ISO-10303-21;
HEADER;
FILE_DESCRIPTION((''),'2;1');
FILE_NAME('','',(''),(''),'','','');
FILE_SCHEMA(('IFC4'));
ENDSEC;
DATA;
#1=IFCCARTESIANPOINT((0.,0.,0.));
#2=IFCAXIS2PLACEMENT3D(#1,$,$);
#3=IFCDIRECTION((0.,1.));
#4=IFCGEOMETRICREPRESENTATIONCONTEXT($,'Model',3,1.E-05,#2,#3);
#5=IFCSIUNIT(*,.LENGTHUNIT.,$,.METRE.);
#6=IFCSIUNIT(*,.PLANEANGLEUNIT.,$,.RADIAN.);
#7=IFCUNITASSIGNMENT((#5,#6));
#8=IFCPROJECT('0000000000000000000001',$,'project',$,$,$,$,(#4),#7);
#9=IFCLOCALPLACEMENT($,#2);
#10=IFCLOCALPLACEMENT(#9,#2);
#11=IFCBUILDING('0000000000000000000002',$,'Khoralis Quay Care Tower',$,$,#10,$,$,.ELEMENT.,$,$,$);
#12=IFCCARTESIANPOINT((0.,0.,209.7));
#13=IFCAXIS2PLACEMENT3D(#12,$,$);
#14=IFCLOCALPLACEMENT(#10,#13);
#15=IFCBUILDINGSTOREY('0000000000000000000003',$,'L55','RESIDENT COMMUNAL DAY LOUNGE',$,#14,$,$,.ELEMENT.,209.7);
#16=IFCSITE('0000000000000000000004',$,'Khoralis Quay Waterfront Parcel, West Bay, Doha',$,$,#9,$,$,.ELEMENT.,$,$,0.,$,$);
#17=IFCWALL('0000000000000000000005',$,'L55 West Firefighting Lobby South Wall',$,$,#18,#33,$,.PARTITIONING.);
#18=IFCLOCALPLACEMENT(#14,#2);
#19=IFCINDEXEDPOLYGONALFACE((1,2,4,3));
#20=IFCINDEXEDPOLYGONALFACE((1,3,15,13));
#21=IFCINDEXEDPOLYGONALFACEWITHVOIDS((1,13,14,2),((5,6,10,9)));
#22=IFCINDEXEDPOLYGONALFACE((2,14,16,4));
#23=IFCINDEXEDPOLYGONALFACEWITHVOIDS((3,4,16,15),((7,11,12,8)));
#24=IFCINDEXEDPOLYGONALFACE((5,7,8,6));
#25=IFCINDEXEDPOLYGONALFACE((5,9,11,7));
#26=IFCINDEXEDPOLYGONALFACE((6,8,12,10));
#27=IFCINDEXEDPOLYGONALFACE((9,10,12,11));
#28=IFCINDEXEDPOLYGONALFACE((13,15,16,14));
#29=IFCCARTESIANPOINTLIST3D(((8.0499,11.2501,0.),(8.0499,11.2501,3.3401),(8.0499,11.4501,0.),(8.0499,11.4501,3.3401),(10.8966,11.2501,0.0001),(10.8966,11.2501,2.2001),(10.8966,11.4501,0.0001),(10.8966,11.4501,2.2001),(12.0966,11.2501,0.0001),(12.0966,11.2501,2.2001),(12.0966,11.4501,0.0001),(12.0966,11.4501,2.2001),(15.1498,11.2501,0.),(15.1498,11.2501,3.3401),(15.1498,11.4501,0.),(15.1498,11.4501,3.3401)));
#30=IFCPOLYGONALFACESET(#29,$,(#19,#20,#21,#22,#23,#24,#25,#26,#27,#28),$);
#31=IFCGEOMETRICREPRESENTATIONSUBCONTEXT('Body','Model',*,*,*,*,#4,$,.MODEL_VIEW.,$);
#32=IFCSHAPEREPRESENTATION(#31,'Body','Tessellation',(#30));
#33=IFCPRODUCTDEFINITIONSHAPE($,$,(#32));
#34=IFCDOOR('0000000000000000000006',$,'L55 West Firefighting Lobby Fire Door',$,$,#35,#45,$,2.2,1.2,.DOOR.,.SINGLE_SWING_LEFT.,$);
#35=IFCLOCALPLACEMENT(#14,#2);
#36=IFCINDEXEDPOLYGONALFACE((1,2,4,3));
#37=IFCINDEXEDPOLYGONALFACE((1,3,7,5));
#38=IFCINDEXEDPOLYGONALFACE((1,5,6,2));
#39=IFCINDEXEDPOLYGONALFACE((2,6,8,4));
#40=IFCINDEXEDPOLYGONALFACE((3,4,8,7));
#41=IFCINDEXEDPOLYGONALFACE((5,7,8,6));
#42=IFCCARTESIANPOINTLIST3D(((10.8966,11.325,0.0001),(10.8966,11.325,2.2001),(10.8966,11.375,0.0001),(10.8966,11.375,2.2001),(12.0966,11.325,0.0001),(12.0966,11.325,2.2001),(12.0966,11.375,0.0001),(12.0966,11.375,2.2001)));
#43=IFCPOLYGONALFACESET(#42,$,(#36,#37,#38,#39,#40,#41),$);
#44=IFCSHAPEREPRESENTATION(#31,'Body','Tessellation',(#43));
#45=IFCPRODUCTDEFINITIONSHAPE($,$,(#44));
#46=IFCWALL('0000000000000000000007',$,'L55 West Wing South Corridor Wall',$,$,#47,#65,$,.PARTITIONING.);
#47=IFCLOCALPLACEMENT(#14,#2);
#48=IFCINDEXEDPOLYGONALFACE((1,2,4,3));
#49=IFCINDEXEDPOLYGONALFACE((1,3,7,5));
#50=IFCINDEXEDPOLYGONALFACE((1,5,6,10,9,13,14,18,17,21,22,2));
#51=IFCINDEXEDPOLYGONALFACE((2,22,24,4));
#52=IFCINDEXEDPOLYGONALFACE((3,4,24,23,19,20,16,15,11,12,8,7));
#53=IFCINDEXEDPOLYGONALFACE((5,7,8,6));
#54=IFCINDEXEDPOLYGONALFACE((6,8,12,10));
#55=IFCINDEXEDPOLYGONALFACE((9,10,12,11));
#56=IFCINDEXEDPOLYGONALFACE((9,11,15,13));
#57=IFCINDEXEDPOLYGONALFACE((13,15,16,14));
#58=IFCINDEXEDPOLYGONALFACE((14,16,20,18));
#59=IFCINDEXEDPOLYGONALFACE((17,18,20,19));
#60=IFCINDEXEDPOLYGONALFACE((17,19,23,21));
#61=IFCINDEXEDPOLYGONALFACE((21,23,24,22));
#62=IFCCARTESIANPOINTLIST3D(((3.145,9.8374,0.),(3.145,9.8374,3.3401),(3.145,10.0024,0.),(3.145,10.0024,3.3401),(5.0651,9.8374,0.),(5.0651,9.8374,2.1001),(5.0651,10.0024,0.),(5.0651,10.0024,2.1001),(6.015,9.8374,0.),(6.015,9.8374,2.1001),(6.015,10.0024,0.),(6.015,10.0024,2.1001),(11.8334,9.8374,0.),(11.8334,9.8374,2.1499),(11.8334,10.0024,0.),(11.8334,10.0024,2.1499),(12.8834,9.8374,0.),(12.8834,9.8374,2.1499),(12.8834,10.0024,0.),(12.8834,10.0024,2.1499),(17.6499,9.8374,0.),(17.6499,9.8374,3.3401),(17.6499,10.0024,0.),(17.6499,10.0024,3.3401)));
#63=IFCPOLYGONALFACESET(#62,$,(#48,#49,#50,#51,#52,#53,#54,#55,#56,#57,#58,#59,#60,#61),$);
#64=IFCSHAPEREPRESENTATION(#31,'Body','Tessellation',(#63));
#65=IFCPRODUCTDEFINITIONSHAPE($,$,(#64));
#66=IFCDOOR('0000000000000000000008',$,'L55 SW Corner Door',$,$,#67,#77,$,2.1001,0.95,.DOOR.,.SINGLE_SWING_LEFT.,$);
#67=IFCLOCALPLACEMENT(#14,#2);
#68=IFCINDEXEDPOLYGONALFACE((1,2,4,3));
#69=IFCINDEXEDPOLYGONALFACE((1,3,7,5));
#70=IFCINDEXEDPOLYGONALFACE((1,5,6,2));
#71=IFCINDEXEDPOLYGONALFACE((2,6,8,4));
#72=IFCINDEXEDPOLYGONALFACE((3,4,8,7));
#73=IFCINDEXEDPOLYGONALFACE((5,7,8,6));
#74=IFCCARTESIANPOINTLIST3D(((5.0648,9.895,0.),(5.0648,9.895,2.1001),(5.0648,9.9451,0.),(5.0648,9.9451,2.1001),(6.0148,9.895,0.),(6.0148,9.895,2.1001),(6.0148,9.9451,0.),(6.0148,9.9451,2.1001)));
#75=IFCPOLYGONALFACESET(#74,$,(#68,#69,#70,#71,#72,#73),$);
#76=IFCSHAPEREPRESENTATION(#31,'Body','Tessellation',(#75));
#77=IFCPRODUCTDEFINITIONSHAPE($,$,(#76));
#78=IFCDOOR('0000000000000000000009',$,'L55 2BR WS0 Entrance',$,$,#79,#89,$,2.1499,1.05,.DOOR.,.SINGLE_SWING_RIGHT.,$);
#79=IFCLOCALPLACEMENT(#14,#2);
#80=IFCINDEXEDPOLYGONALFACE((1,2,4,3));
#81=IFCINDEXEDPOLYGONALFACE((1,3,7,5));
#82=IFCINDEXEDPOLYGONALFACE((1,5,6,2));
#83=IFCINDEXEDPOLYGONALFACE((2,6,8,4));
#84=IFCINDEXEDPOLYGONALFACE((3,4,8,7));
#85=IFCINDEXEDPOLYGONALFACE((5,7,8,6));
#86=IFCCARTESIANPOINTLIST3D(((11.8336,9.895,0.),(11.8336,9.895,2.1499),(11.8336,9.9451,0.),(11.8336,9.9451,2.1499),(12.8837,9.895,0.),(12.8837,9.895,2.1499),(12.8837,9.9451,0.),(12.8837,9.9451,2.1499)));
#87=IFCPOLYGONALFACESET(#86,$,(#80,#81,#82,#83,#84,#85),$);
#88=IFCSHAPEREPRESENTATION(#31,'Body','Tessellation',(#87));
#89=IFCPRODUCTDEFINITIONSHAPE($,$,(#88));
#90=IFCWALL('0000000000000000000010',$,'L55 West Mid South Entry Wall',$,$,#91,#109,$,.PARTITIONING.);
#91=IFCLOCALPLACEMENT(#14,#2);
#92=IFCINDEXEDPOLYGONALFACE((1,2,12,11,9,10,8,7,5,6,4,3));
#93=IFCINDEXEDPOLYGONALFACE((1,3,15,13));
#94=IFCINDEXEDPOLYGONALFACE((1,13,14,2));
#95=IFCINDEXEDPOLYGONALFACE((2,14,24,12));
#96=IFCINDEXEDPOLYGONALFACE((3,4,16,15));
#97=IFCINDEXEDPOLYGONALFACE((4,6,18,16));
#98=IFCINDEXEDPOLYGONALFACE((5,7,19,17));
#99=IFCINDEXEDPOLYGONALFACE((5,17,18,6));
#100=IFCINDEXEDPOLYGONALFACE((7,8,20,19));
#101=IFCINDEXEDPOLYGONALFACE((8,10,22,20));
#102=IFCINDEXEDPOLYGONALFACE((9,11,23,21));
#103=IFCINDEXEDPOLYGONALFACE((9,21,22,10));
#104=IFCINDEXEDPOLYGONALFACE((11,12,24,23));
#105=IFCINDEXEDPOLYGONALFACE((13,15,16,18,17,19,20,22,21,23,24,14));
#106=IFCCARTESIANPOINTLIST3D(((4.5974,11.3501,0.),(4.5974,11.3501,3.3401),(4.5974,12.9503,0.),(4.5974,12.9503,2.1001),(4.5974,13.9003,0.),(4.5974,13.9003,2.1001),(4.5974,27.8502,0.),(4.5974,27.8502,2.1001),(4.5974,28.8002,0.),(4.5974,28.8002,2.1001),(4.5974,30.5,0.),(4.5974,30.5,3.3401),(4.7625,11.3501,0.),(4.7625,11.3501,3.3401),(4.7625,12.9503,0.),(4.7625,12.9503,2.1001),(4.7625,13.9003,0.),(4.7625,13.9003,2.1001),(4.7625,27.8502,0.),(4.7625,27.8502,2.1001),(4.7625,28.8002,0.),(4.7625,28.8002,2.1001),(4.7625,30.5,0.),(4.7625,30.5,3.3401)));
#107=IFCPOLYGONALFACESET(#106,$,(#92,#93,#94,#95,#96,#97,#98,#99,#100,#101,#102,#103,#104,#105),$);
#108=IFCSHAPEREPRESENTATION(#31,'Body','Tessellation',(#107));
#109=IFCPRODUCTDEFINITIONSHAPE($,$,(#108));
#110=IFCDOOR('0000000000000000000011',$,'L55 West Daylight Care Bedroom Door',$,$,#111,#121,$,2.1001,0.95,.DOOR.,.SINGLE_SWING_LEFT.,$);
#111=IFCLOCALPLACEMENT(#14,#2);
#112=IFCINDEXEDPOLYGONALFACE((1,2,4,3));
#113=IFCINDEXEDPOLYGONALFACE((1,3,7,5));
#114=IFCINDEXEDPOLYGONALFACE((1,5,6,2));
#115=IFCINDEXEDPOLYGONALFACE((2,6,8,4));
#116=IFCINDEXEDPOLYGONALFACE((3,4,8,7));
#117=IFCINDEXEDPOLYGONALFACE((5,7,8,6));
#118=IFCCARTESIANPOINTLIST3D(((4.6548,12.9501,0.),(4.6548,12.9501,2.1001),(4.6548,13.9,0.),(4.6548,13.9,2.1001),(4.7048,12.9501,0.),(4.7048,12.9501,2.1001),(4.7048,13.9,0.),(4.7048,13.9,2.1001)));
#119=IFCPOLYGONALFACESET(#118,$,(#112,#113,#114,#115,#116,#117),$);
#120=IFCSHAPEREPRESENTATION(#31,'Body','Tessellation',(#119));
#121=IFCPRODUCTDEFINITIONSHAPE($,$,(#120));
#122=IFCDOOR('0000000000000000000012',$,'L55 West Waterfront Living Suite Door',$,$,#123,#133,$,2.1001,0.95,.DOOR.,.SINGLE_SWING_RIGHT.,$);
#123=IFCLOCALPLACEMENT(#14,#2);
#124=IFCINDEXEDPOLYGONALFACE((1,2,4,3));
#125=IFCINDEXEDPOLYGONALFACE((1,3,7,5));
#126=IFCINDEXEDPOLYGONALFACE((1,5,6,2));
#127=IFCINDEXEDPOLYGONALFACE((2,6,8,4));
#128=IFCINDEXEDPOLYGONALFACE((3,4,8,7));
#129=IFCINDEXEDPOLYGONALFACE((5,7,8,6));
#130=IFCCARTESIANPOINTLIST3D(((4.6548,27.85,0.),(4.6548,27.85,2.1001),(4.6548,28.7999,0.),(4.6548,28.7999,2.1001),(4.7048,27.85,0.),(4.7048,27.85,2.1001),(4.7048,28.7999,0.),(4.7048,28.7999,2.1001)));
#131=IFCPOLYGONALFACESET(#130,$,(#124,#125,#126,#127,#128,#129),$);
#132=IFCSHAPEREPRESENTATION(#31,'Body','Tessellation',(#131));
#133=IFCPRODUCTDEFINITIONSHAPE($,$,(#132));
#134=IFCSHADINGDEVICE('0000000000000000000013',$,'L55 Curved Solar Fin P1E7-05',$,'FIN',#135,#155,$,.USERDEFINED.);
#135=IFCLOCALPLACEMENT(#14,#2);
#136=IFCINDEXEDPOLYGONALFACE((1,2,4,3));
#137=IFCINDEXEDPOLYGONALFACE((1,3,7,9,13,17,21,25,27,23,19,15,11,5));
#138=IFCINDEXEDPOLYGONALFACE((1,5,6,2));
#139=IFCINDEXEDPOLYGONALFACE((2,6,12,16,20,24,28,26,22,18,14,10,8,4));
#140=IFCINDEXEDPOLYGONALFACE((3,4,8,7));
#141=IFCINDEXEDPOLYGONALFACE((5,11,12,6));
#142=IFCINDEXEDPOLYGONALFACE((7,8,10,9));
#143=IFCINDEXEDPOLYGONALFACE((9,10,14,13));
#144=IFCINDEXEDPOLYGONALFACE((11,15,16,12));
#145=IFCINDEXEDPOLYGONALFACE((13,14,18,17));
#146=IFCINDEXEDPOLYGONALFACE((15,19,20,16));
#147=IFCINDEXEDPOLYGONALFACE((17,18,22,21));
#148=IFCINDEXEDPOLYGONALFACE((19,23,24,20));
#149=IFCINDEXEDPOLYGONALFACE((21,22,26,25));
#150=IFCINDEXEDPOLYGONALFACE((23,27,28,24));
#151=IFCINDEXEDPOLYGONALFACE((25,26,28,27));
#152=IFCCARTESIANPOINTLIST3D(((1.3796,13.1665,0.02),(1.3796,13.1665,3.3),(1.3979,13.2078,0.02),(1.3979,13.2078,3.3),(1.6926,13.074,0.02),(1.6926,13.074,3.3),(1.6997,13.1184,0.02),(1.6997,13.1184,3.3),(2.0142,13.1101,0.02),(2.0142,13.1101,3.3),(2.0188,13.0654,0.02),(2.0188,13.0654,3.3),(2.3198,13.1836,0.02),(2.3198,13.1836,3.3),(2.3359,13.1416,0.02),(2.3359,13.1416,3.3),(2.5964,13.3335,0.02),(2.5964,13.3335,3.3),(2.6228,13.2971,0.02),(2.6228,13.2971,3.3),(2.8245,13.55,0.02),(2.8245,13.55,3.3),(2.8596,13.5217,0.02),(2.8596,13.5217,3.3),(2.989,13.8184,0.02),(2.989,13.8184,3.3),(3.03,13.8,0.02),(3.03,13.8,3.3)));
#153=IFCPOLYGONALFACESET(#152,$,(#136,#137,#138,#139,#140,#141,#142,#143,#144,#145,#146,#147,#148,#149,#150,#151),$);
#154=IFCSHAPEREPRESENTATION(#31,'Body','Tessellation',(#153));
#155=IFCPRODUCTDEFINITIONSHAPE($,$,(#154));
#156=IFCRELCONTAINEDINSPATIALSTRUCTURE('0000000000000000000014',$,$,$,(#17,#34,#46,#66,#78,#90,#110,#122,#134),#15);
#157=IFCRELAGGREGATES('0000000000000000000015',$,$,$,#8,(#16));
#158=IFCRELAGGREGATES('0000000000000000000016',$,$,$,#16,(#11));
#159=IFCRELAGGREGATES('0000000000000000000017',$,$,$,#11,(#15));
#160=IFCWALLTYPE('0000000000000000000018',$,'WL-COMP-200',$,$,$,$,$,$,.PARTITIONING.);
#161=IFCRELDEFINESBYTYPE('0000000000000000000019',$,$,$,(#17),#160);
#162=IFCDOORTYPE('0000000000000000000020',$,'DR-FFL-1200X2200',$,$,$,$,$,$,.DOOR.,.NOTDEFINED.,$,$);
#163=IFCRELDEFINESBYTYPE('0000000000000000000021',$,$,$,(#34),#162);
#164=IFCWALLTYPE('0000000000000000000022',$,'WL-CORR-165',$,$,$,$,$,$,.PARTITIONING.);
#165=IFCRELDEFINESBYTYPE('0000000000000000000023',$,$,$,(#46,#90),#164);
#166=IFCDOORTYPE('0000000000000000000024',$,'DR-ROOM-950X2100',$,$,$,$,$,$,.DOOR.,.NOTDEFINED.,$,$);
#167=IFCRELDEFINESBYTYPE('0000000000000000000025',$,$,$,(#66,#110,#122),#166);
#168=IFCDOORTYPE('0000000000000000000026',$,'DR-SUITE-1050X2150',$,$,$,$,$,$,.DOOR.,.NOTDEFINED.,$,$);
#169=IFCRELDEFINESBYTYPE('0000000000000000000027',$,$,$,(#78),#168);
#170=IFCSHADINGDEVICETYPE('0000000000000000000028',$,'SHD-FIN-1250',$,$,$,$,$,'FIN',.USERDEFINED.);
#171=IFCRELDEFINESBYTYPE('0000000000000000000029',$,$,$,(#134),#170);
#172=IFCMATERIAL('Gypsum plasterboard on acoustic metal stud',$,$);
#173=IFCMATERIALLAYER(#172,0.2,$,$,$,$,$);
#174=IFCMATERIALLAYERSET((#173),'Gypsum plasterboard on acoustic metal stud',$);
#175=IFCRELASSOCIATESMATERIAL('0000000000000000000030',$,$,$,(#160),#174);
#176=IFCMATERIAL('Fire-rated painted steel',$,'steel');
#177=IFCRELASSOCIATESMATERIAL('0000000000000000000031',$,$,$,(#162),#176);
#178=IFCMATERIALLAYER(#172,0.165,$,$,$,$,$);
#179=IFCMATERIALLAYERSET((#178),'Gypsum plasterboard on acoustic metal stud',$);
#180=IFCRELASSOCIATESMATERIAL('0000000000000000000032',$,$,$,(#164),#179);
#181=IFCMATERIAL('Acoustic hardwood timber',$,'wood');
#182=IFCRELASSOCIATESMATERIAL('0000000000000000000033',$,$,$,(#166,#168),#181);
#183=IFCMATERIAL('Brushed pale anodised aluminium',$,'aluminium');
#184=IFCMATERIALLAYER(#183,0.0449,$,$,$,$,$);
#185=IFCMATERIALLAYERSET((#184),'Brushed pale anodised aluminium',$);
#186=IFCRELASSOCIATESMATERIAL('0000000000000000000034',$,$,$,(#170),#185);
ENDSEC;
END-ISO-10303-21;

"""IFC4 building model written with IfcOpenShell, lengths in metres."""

from ifc_helpers import new_model, si_unit, direction, frame, frame_2d, origin, place, context, subcontext, project, spatial, polyline, rectangle, outline, extrude, source, transform, mapped, material, layer, layer_set, type_object, element, fill, save


model = new_model("IFC4")

# Units and contexts
model_context = context("Model", 3, precision=1e-05, world=origin(), true_north=direction((0.0, 1.0)))
body_context = subcontext(model_context, "Body", "Model", "MODEL_VIEW")
ifc_project = project(units=[si_unit("LENGTHUNIT", "METRE"), si_unit("PLANEANGLEUNIT", "RADIAN")], contexts=[model_context])

# Site, building, storey
site_placement = place(None, origin())
site = spatial("IfcSite", under=ifc_project, at=site_placement, Name="Khoralis Quay Waterfront Parcel, West Bay, Doha", CompositionType="ELEMENT", RefElevation=0.0)
building_placement = place(site_placement, origin())
building = spatial("IfcBuilding", under=site, at=building_placement, Name="Khoralis Quay Care Tower", CompositionType="ELEMENT")
storey_placement = place(building_placement, frame((0.0, 0.0, 209.7)))
storey = spatial("IfcBuildingStorey", under=building, at=storey_placement, Name="L55", Description="RESIDENT COMMUNAL DAY LOUNGE", CompositionType="ELEMENT", Elevation=209.7)

# Wall, opening, door
ifc_material_1 = material(Name="Gypsum plasterboard on acoustic metal stud")
ifc_layer_1 = layer(ifc_material_1, 0.2)
ifc_layer_set_1 = layer_set([ifc_layer_1], Name="Gypsum plasterboard on acoustic metal stud")
wall_type_1 = type_object("IfcWallType", Name="WL-COMP-200", PredefinedType="PARTITIONING", material=ifc_layer_set_1)
wall_1_placement = place(storey_placement, frame((8.05, 11.3501, 0.0), z_axis=(0.0, 0.0, 1.0), x_axis=(1.0, 0.0, 0.0)))
wall_1 = element("IfcWall", 1, at=wall_1_placement, inside=storey, type_object=wall_type_1, Name="L55 West Firefighting Lobby South Wall", PredefinedType="PARTITIONING", context=body_context, shape_type="SweptSolid", body=[
    extrude(rectangle(XDim=7.0999, YDim=0.2, at=frame_2d((3.5498, 0.0))), origin(), (0.0, 0.0, 1.0), 3.3401),
])
opening_1_placement = place(wall_1_placement, frame((2.8464, 0.0, 0.0)))
opening_1 = element("IfcOpeningElement", 2, at=opening_1_placement, cuts=wall_1, PredefinedType="OPENING", context=body_context, shape_type="SweptSolid", body=[
    extrude(rectangle(XDim=1.2, YDim=2.2, at=frame_2d((0.6001, 1.1001))), frame((0.0, 0.1099, 0.0), z_axis=(0.0, -1.0, 0.0), x_axis=(1.0, 0.0, 0.0)), (0.0, 0.0, 1.0), 0.22),
])
ifc_material_2 = material(Name="Fire-rated painted steel", Category="steel")
door_type_1 = type_object("IfcDoorType", Name="DR-FFL-1200X2200", OperationType="NOTDEFINED", PredefinedType="DOOR", material=ifc_material_2)
shared_shape_1 = source(origin(), body_context, "Body", "SweptSolid", [
    extrude(rectangle(XDim=1.2, YDim=2.2, at=frame_2d((0.6001, 1.1001))), frame((0.0, 0.0249, 0.0), z_axis=(0.0, -1.0, 0.0), x_axis=(1.0, 0.0, 0.0)), (0.0, 0.0, 1.0), 0.05),
])
door_1_placement = place(opening_1_placement, origin())
door_1 = element("IfcDoor", 3, at=door_1_placement, inside=storey, type_object=door_type_1, Name="L55 West Firefighting Lobby Fire Door", OperationType="SINGLE_SWING_LEFT", OverallHeight=2.2, OverallWidth=1.2, PredefinedType="DOOR", context=body_context, shape_type="MappedRepresentation", body=[
    mapped(shared_shape_1, transform((0.0, 0.0, 0.0), scale=1.0)),
])
fill(opening_1, door_1)

# Walls, openings, doors
ifc_layer_2 = layer(ifc_material_1, 0.165)
ifc_layer_set_2 = layer_set([ifc_layer_2], Name="Gypsum plasterboard on acoustic metal stud")
wall_type_2 = type_object("IfcWallType", Name="WL-CORR-165", PredefinedType="PARTITIONING", material=ifc_layer_set_2)
wall_2_placement = place(storey_placement, frame((3.145, 9.9199, 0.0), z_axis=(0.0, 0.0, 1.0), x_axis=(1.0, 0.0, 0.0)))
wall_2 = element("IfcWall", 4, at=wall_2_placement, inside=storey, type_object=wall_type_2, Name="L55 West Wing South Corridor Wall", PredefinedType="PARTITIONING", context=body_context, shape_type="SweptSolid", body=[
    extrude(rectangle(XDim=14.5049, YDim=0.165, at=frame_2d((7.2524, 0.0))), origin(), (0.0, 0.0, 1.0), 3.3401),
])
opening_2_placement = place(wall_2_placement, frame((8.6885, 0.0, 0.0)))
opening_2 = element("IfcOpeningElement", 5, at=opening_2_placement, cuts=wall_2, PredefinedType="OPENING", context=body_context, shape_type="SweptSolid", body=[
    extrude(rectangle(XDim=1.05, YDim=2.1499, at=frame_2d((0.5249, 1.075))), frame((0.0, 0.0925, 0.0), z_axis=(0.0, -1.0, 0.0), x_axis=(1.0, 0.0, 0.0)), (0.0, 0.0, 1.0), 0.1851),
])
opening_3_placement = place(wall_2_placement, frame((1.9199, 0.0, 0.0)))
opening_3 = element("IfcOpeningElement", 6, at=opening_3_placement, cuts=wall_2, PredefinedType="OPENING", context=body_context, shape_type="SweptSolid", body=[
    extrude(rectangle(XDim=0.95, YDim=2.1001, at=frame_2d((0.4751, 1.05))), frame((0.0, 0.0925, 0.0), z_axis=(0.0, -1.0, 0.0), x_axis=(1.0, 0.0, 0.0)), (0.0, 0.0, 1.0), 0.1851),
])
ifc_material_3 = material(Name="Acoustic hardwood timber", Category="wood")
door_type_2 = type_object("IfcDoorType", Name="DR-ROOM-950X2100", OperationType="NOTDEFINED", PredefinedType="DOOR", material=ifc_material_3)
shared_shape_2 = source(origin(), body_context, "Body", "SweptSolid", [
    extrude(rectangle(XDim=0.95, YDim=2.1001, at=frame_2d((0.4751, 1.05))), frame((0.0, 0.0249, 0.0), z_axis=(0.0, -1.0, 0.0), x_axis=(1.0, 0.0, 0.0)), (0.0, 0.0, 1.0), 0.05),
])
door_2_placement = place(opening_3_placement, frame((0.95, 0.0, 0.0), z_axis=(0.0, 0.0, 1.0), x_axis=(-1.0, 0.0, 0.0)))
door_2 = element("IfcDoor", 7, at=door_2_placement, inside=storey, type_object=door_type_2, Name="L55 SW Corner Door", OperationType="SINGLE_SWING_LEFT", OverallHeight=2.1001, OverallWidth=0.95, PredefinedType="DOOR", context=body_context, shape_type="MappedRepresentation", body=[
    mapped(shared_shape_2, transform((0.0, 0.0, 0.0), scale=1.0)),
])
fill(opening_3, door_2)
door_type_3 = type_object("IfcDoorType", Name="DR-SUITE-1050X2150", OperationType="NOTDEFINED", PredefinedType="DOOR", material=ifc_material_3)
shared_shape_3 = source(origin(), body_context, "Body", "SweptSolid", [
    extrude(rectangle(XDim=1.05, YDim=2.1499, at=frame_2d((0.5249, 1.075))), frame((0.0, 0.0249, 0.0), z_axis=(0.0, -1.0, 0.0), x_axis=(1.0, 0.0, 0.0)), (0.0, 0.0, 1.0), 0.05),
])
door_3_placement = place(opening_2_placement, frame((1.05, 0.0, 0.0), z_axis=(0.0, 0.0, 1.0), x_axis=(-1.0, 0.0, 0.0)))
door_3 = element("IfcDoor", 8, at=door_3_placement, inside=storey, type_object=door_type_3, Name="L55 2BR WS0 Entrance", OperationType="SINGLE_SWING_RIGHT", OverallHeight=2.1499, OverallWidth=1.05, PredefinedType="DOOR", context=body_context, shape_type="MappedRepresentation", body=[
    mapped(shared_shape_3, transform((0.0, 0.0, 0.0), scale=1.0)),
])
fill(opening_2, door_3)
wall_3_placement = place(storey_placement, frame((4.6799, 11.3501, 0.0), z_axis=(0.0, 0.0, 1.0), x_axis=(0.0, 1.0, 0.0)))
wall_3 = element("IfcWall", 9, at=wall_3_placement, inside=storey, type_object=wall_type_2, Name="L55 West Mid South Entry Wall", PredefinedType="PARTITIONING", context=body_context, shape_type="SweptSolid", body=[
    extrude(rectangle(XDim=19.1499, YDim=0.165, at=frame_2d((9.575, 0.0))), origin(), (0.0, 0.0, 1.0), 3.3401),
])
opening_4_placement = place(wall_3_placement, frame((1.6001, 0.0, 0.0)))
opening_4 = element("IfcOpeningElement", 10, at=opening_4_placement, cuts=wall_3, PredefinedType="OPENING", context=body_context, shape_type="SweptSolid", body=[
    extrude(rectangle(XDim=0.95, YDim=2.1001, at=frame_2d((0.4751, 1.05))), frame((0.0, 0.0925, 0.0), z_axis=(0.0, -1.0, 0.0), x_axis=(1.0, 0.0, 0.0)), (0.0, 0.0, 1.0), 0.1851),
])
opening_5_placement = place(wall_3_placement, frame((16.5, 0.0, 0.0)))
opening_5 = element("IfcOpeningElement", 11, at=opening_5_placement, cuts=wall_3, PredefinedType="OPENING", context=body_context, shape_type="SweptSolid", body=[
    extrude(rectangle(XDim=0.95, YDim=2.1001, at=frame_2d((0.4751, 1.05))), frame((0.0, 0.0925, 0.0), z_axis=(0.0, -1.0, 0.0), x_axis=(1.0, 0.0, 0.0)), (0.0, 0.0, 1.0), 0.1851),
])
door_4_placement = place(opening_4_placement, frame((0.95, 0.0, 0.0), z_axis=(0.0, 0.0, 1.0), x_axis=(-1.0, 0.0, 0.0)))
door_4 = element("IfcDoor", 12, at=door_4_placement, inside=storey, type_object=door_type_2, Name="L55 West Daylight Care Bedroom Door", OperationType="SINGLE_SWING_LEFT", OverallHeight=2.1001, OverallWidth=0.95, PredefinedType="DOOR", context=body_context, shape_type="MappedRepresentation", body=[
    mapped(shared_shape_2, transform((0.0, 0.0, 0.0), scale=1.0)),
])
fill(opening_4, door_4)
door_5_placement = place(opening_5_placement, frame((0.95, 0.0, 0.0), z_axis=(0.0, 0.0, 1.0), x_axis=(-1.0, 0.0, 0.0)))
door_5 = element("IfcDoor", 13, at=door_5_placement, inside=storey, type_object=door_type_2, Name="L55 West Waterfront Living Suite Door", OperationType="SINGLE_SWING_RIGHT", OverallHeight=2.1001, OverallWidth=0.95, PredefinedType="DOOR", context=body_context, shape_type="MappedRepresentation", body=[
    mapped(shared_shape_2, transform((0.0, 0.0, 0.0), scale=1.0)),
])
fill(opening_5, door_5)

# Shading device
ifc_material_4 = material(Name="Brushed pale anodised aluminium", Category="aluminium")
ifc_layer_3 = layer(ifc_material_4, 0.0449)
ifc_layer_set_3 = layer_set([ifc_layer_3], Name="Brushed pale anodised aluminium")
shading_device_type = type_object("IfcShadingDeviceType", Name="SHD-FIN-1250", ElementType="FIN", PredefinedType="USERDEFINED", material=ifc_layer_set_3)
shared_shape_4 = source(origin(), body_context, "Body", "SweptSolid", [
    extrude(outline(polyline([(0.0, 0.0), (0.1704, 0.2783), (0.4072, 0.5029), (0.6941, 0.6584), (1.0112, 0.7346), (1.3374, 0.7261), (1.6504, 0.6335), (1.6321, 0.5923), (1.3303, 0.6816), (1.0159, 0.6899), (0.7102, 0.6165), (0.4336, 0.4666), (0.2056, 0.25), (0.041, -0.0183), (0.0, 0.0)])), origin(), (0.0, 0.0, 1.0), 3.28),
])
shading_device_placement = place(storey_placement, frame((3.03, 13.8, 0.02), z_axis=(0.0, 0.0, 1.0), x_axis=(-1.0, 0.0, 0.0)))
element("IfcShadingDevice", 14, at=shading_device_placement, inside=storey, type_object=shading_device_type, Name="L55 Curved Solar Fin P1E7-05", ObjectType="FIN", PredefinedType="USERDEFINED", context=body_context, shape_type="MappedRepresentation", body=[
    mapped(shared_shape_4, transform((0.0, 0.0, 0.0), scale=1.0)),
])

save(model, "model.ifc")
